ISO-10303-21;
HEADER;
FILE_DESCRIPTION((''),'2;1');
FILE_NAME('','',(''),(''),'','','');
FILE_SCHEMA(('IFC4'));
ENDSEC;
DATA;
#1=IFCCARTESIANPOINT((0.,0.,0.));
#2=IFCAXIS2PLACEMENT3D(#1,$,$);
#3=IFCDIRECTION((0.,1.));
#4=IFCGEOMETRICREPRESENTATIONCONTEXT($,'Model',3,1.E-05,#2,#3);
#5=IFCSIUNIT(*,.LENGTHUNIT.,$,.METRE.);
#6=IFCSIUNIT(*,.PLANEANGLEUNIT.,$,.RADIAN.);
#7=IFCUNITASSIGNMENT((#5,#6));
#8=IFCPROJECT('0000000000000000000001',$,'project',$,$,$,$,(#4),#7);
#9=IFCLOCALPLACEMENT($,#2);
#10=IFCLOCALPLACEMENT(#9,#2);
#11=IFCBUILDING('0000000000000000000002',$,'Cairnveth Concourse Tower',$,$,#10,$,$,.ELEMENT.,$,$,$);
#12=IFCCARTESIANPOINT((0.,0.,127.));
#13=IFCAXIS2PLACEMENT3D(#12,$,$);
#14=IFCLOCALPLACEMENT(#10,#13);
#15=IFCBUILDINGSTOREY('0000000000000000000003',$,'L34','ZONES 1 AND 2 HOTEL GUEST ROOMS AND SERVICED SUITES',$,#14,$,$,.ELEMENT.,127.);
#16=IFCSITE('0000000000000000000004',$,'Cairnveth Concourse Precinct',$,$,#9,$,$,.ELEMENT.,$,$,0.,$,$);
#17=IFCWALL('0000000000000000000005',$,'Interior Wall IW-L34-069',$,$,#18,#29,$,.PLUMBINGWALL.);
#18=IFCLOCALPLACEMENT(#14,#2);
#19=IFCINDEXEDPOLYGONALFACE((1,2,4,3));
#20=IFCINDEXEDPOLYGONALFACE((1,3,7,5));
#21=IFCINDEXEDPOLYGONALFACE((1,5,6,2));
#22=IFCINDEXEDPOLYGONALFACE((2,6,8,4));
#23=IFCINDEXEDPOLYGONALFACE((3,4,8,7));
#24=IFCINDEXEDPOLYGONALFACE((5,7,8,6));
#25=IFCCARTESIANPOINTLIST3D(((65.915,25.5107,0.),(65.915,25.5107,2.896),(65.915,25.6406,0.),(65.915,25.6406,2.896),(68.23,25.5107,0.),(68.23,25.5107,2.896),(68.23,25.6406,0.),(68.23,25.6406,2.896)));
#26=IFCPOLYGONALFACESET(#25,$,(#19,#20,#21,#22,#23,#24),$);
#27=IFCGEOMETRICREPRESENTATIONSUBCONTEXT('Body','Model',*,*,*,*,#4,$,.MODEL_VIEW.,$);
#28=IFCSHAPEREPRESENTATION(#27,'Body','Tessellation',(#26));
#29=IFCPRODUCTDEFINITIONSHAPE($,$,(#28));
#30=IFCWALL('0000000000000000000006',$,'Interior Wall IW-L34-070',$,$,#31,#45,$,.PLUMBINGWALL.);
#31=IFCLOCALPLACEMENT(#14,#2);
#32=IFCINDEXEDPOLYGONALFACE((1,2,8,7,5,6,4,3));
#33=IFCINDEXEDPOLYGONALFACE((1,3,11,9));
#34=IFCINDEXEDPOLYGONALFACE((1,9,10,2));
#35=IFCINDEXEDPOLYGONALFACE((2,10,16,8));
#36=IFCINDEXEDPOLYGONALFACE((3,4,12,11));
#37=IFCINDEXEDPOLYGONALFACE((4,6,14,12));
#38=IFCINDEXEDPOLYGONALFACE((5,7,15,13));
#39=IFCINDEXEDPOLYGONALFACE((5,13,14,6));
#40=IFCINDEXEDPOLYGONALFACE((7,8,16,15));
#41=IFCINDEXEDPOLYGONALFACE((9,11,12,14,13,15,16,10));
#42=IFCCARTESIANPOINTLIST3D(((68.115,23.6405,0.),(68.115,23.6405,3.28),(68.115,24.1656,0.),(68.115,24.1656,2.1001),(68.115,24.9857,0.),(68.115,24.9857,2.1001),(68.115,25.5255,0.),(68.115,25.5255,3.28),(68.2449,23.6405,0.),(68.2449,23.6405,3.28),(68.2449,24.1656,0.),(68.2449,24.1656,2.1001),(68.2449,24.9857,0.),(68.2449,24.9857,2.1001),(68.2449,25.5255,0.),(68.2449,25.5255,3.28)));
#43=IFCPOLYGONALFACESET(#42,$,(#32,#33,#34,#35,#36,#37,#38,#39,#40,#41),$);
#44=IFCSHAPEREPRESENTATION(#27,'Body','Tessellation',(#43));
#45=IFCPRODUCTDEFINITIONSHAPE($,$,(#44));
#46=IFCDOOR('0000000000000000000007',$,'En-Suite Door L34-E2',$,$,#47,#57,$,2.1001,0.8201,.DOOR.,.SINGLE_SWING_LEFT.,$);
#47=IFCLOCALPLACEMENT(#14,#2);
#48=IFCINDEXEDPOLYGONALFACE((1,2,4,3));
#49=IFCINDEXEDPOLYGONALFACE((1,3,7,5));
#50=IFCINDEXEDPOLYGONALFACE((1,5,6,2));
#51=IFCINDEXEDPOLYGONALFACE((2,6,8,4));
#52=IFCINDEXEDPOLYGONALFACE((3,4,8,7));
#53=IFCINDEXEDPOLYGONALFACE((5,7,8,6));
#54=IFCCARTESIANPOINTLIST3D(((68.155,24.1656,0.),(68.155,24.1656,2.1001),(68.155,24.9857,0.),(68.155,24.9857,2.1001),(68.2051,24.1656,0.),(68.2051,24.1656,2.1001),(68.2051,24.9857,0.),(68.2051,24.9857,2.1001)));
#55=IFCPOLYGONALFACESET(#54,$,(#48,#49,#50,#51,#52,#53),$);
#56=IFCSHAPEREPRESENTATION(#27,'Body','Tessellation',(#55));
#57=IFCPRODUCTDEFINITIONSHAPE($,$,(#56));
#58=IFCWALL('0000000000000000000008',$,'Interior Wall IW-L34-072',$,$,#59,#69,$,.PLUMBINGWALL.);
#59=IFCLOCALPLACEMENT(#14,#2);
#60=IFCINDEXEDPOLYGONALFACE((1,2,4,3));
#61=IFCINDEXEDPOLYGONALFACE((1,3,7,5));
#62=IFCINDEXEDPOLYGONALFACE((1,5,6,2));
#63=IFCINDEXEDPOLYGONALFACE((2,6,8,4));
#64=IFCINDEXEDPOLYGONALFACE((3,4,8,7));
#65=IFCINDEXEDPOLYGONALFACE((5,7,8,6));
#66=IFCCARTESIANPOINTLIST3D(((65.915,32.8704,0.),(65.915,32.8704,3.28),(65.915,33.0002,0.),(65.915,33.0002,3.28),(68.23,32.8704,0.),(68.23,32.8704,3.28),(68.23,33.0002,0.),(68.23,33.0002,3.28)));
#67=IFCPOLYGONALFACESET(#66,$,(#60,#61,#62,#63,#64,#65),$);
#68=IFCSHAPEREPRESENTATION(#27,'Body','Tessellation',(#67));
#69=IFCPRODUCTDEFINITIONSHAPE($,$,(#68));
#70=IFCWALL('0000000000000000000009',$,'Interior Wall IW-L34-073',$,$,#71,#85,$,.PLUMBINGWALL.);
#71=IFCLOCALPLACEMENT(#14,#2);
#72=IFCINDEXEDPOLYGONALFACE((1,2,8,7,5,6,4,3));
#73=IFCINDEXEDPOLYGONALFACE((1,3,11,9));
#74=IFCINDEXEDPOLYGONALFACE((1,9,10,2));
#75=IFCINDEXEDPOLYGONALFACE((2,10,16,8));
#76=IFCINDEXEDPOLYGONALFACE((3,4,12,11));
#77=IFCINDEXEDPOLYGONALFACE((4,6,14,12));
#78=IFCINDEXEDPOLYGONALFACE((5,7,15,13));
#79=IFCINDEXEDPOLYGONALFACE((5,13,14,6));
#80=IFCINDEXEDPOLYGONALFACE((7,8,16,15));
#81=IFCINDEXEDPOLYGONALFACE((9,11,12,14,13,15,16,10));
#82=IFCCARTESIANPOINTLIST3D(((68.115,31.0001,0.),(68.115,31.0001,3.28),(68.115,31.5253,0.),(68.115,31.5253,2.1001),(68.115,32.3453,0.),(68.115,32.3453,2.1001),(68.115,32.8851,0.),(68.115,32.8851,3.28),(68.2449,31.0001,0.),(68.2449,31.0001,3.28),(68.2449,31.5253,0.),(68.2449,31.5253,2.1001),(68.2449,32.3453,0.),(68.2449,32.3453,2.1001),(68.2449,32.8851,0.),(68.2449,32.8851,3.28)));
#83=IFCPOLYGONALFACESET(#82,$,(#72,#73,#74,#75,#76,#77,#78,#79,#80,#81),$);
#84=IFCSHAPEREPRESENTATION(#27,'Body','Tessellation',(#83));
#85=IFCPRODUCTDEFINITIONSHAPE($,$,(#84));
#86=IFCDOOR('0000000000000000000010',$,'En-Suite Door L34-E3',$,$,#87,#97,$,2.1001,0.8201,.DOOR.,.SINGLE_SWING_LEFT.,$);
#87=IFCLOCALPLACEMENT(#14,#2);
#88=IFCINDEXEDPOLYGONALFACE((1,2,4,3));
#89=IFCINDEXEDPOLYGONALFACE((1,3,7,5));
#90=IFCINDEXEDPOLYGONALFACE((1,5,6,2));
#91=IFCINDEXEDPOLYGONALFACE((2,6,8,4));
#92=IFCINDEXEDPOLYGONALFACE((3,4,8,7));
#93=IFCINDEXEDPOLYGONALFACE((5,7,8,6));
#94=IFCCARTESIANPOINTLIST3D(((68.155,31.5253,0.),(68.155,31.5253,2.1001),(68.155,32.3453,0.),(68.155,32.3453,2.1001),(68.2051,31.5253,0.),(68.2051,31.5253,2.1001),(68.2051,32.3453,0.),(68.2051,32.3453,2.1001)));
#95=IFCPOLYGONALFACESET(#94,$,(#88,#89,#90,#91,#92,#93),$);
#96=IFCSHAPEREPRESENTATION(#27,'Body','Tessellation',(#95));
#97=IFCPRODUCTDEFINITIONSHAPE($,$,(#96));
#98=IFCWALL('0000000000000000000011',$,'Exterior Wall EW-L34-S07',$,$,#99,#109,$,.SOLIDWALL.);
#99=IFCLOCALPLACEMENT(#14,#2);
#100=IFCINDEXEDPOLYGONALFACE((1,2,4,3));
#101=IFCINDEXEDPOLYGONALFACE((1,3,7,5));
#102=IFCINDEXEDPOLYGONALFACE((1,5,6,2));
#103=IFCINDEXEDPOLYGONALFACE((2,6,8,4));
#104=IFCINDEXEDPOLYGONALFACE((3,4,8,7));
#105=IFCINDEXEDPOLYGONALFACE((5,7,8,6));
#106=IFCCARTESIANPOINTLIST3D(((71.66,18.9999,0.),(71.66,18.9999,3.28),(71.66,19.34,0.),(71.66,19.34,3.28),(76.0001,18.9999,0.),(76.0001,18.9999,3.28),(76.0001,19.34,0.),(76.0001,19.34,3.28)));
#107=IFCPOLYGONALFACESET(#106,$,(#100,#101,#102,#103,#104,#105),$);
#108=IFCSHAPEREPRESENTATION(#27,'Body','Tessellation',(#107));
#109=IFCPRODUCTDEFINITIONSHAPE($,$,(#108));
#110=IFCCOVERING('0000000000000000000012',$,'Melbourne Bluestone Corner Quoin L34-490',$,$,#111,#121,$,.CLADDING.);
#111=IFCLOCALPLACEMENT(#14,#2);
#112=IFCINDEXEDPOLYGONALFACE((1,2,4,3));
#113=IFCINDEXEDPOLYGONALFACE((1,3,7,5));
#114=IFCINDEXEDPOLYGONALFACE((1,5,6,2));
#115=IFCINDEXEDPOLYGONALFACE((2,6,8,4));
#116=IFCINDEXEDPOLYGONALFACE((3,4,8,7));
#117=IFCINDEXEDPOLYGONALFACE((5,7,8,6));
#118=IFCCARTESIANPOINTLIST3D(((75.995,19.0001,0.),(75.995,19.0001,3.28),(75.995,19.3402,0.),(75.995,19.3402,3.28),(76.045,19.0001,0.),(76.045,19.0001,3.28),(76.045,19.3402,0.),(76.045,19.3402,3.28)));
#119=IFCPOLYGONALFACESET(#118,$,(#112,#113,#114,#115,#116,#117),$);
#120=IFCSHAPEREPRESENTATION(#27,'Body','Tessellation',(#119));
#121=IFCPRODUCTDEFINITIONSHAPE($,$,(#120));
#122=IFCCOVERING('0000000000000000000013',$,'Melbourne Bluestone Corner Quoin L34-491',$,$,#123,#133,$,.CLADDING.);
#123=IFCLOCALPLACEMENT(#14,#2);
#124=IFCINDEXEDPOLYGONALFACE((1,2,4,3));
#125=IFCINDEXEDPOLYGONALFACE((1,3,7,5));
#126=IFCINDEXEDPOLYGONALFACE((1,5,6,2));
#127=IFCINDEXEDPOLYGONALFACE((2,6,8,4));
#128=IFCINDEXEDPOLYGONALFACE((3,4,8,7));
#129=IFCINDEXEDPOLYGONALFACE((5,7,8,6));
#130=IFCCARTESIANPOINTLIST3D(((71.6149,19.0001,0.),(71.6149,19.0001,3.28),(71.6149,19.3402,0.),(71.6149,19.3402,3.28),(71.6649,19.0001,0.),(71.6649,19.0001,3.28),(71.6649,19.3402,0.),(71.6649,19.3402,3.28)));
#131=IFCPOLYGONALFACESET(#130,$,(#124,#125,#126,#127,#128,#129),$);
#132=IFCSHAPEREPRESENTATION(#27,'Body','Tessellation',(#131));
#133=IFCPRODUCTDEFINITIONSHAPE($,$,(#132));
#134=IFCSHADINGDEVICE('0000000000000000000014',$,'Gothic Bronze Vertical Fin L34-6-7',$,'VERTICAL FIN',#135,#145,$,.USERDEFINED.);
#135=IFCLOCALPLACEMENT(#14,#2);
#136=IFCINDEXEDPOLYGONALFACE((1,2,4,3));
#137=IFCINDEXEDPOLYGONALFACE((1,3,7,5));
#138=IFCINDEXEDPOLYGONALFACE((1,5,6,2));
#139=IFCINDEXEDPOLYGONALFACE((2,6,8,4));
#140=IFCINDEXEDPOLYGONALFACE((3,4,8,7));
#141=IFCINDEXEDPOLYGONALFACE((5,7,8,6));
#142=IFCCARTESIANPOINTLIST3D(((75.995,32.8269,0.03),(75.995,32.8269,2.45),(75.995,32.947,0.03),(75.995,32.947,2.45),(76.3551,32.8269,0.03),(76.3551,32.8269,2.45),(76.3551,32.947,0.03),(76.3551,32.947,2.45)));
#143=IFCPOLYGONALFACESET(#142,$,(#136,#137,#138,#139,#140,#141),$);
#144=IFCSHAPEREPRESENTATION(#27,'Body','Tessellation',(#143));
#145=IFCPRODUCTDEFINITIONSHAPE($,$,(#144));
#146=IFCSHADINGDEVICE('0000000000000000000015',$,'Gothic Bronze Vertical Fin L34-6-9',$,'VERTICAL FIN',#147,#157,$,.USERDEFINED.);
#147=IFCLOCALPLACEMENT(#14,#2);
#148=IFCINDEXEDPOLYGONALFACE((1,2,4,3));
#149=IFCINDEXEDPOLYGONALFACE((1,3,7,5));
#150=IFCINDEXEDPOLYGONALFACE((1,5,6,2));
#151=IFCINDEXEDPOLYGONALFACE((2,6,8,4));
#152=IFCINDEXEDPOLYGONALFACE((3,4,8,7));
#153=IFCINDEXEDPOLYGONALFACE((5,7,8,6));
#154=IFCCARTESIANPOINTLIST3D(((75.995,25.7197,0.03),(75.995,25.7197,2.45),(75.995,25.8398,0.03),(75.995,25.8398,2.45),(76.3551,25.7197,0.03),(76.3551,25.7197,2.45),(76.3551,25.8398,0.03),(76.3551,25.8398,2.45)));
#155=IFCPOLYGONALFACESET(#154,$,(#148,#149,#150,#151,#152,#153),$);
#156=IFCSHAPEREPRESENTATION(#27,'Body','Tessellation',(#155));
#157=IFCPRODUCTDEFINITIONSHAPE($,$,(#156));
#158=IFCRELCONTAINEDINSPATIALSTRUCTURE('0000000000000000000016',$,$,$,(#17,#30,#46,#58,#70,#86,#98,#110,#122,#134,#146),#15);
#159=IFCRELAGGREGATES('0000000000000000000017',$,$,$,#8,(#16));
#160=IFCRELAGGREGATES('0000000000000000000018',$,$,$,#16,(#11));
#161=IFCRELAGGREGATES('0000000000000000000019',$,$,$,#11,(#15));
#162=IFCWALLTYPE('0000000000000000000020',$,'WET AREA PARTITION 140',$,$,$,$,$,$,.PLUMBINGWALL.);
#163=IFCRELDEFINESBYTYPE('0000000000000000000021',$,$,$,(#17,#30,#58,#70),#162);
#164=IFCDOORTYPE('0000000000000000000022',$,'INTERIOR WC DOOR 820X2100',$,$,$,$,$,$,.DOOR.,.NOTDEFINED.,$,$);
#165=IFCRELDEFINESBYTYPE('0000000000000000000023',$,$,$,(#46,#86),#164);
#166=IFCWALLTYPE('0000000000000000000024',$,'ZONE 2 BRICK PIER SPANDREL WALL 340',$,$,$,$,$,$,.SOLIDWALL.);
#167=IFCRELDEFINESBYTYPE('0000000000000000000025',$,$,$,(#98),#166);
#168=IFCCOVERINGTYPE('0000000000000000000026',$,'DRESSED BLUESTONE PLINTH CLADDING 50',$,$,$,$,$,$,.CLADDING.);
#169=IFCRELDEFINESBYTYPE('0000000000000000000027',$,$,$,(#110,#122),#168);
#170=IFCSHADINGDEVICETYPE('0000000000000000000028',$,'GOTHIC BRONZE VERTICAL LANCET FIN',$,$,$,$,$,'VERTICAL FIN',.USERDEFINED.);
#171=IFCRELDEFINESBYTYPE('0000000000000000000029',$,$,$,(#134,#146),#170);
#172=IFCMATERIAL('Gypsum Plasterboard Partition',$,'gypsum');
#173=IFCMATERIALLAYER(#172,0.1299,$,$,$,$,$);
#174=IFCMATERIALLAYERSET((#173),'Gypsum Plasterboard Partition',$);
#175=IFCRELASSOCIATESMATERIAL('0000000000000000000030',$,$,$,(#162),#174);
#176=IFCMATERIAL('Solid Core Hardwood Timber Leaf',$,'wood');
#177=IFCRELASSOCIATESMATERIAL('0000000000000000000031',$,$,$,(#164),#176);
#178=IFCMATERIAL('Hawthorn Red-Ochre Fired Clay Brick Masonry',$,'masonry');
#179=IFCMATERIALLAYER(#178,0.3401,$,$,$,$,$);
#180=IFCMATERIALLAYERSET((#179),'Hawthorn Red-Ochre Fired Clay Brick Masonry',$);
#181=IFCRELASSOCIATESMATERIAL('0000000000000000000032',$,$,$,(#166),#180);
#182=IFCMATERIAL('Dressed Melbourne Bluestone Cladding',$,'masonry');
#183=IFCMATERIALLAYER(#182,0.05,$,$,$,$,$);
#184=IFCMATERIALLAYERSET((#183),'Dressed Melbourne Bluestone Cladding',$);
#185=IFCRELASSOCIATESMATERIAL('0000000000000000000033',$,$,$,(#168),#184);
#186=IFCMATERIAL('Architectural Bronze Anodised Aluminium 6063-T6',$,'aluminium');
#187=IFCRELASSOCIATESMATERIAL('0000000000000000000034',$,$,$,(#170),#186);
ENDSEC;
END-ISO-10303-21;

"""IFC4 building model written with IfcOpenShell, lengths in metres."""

from ifc_helpers import new_model, si_unit, direction, frame, frame_2d, origin, origin_2d, place, context, subcontext, project, spatial, rectangle, extrude, material, layer, layer_set, type_object, element, fill, save


model = new_model("IFC4")

# Units and contexts
model_context = context("Model", 3, precision=1e-05, world=origin(), true_north=direction((0.0, 1.0)))
body_context = subcontext(model_context, "Body", "Model", "MODEL_VIEW")
ifc_project = project(units=[si_unit("LENGTHUNIT", "METRE"), si_unit("PLANEANGLEUNIT", "RADIAN")], contexts=[model_context])

# Site, building, storey
site_placement = place(None, origin())
site = spatial("IfcSite", under=ifc_project, at=site_placement, Name="Cairnveth Concourse Precinct", CompositionType="ELEMENT", RefElevation=0.0)
building_placement = place(site_placement, origin())
building = spatial("IfcBuilding", under=site, at=building_placement, Name="Cairnveth Concourse Tower", CompositionType="ELEMENT")
storey_placement = place(building_placement, frame((0.0, 0.0, 127.0)))
storey = spatial("IfcBuildingStorey", under=building, at=storey_placement, Name="L34", Description="ZONES 1 AND 2 HOTEL GUEST ROOMS AND SERVICED SUITES", CompositionType="ELEMENT", Elevation=127.0)

# Wall
ifc_material_1 = material(Name="Gypsum Plasterboard Partition", Category="gypsum")
ifc_layer_1 = layer(ifc_material_1, 0.1299)
ifc_layer_set_1 = layer_set([ifc_layer_1], Name="Gypsum Plasterboard Partition")
wall_type_1 = type_object("IfcWallType", Name="WET AREA PARTITION 140", PredefinedType="PLUMBINGWALL", material=ifc_layer_set_1)
wall_1_placement = place(storey_placement, frame((65.915, 25.5757, 0.0), z_axis=(0.0, 0.0, 1.0), x_axis=(1.0, 0.0, 0.0)))
element("IfcWall", 1, at=wall_1_placement, inside=storey, type_object=wall_type_1, Name="Interior Wall IW-L34-069", PredefinedType="PLUMBINGWALL", context=body_context, shape_type="SweptSolid", body=[
    extrude(rectangle(XDim=2.3149, YDim=0.1299, at=frame_2d((1.1575, 0.0))), origin(), (0.0, 0.0, 1.0), 2.896),
])

# Wall, opening, door
wall_2_placement = place(storey_placement, frame((68.1799, 23.6406, 0.0), z_axis=(0.0, 0.0, 1.0), x_axis=(0.0, 1.0, 0.0)))
wall_2 = element("IfcWall", 2, at=wall_2_placement, inside=storey, type_object=wall_type_1, Name="Interior Wall IW-L34-070", PredefinedType="PLUMBINGWALL", context=body_context, shape_type="SweptSolid", body=[
    extrude(rectangle(XDim=1.885, YDim=0.1299, at=frame_2d((0.9424, 0.0))), origin(), (0.0, 0.0, 1.0), 3.28),
])
opening_1_placement = place(wall_2_placement, frame((0.5249, 0.0, 0.0)))
opening_1 = element("IfcOpeningElement", 3, at=opening_1_placement, cuts=wall_2, PredefinedType="OPENING", context=body_context, shape_type="SweptSolid", body=[
    extrude(rectangle(XDim=0.8201, YDim=2.1001, at=frame_2d((0.4102, 1.05))), frame((0.0, 0.075, 0.0), z_axis=(0.0, -1.0, 0.0), x_axis=(1.0, 0.0, 0.0)), (0.0, 0.0, 1.0), 0.1499),
])
ifc_material_2 = material(Name="Solid Core Hardwood Timber Leaf", Category="wood")
door_type = type_object("IfcDoorType", Name="INTERIOR WC DOOR 820X2100", OperationType="NOTDEFINED", PredefinedType="DOOR", material=ifc_material_2)
door_1_placement = place(opening_1_placement, origin())
door_1 = element("IfcDoor", 4, at=door_1_placement, inside=storey, type_object=door_type, Name="En-Suite Door L34-E2", OperationType="SINGLE_SWING_LEFT", OverallHeight=2.1001, OverallWidth=0.8201, PredefinedType="DOOR", context=body_context, shape_type="SweptSolid", body=[
    extrude(rectangle(XDim=0.8201, YDim=2.1001, at=frame_2d((0.4102, 1.05))), frame((0.0, 0.0249, 0.0), z_axis=(0.0, -1.0, 0.0), x_axis=(1.0, 0.0, 0.0)), (0.0, 0.0, 1.0), 0.05),
])
fill(opening_1, door_1)

# Wall
wall_3_placement = place(storey_placement, frame((65.915, 32.9353, 0.0), z_axis=(0.0, 0.0, 1.0), x_axis=(1.0, 0.0, 0.0)))
element("IfcWall", 5, at=wall_3_placement, inside=storey, type_object=wall_type_1, Name="Interior Wall IW-L34-072", PredefinedType="PLUMBINGWALL", context=body_context, shape_type="SweptSolid", body=[
    extrude(rectangle(XDim=2.3149, YDim=0.1299, at=frame_2d((1.1575, 0.0))), origin(), (0.0, 0.0, 1.0), 3.28),
])

# Wall, opening, door
wall_4_placement = place(storey_placement, frame((68.1799, 31.0002, 0.0), z_axis=(0.0, 0.0, 1.0), x_axis=(0.0, 1.0, 0.0)))
wall_4 = element("IfcWall", 6, at=wall_4_placement, inside=storey, type_object=wall_type_1, Name="Interior Wall IW-L34-073", PredefinedType="PLUMBINGWALL", context=body_context, shape_type="SweptSolid", body=[
    extrude(rectangle(XDim=1.885, YDim=0.1299, at=frame_2d((0.9424, 0.0))), origin(), (0.0, 0.0, 1.0), 3.28),
])
opening_2_placement = place(wall_4_placement, frame((0.5249, 0.0, 0.0)))
opening_2 = element("IfcOpeningElement", 7, at=opening_2_placement, cuts=wall_4, PredefinedType="OPENING", context=body_context, shape_type="SweptSolid", body=[
    extrude(rectangle(XDim=0.8201, YDim=2.1001, at=frame_2d((0.4102, 1.05))), frame((0.0, 0.075, 0.0), z_axis=(0.0, -1.0, 0.0), x_axis=(1.0, 0.0, 0.0)), (0.0, 0.0, 1.0), 0.1499),
])
door_2_placement = place(opening_2_placement, origin())
door_2 = element("IfcDoor", 8, at=door_2_placement, inside=storey, type_object=door_type, Name="En-Suite Door L34-E3", OperationType="SINGLE_SWING_LEFT", OverallHeight=2.1001, OverallWidth=0.8201, PredefinedType="DOOR", context=body_context, shape_type="SweptSolid", body=[
    extrude(rectangle(XDim=0.8201, YDim=2.1001, at=frame_2d((0.4102, 1.05))), frame((0.0, 0.0249, 0.0), z_axis=(0.0, -1.0, 0.0), x_axis=(1.0, 0.0, 0.0)), (0.0, 0.0, 1.0), 0.05),
])
fill(opening_2, door_2)

# Wall
ifc_material_3 = material(Name="Hawthorn Red-Ochre Fired Clay Brick Masonry", Category="masonry")
ifc_layer_2 = layer(ifc_material_3, 0.3401)
ifc_layer_set_2 = layer_set([ifc_layer_2], Name="Hawthorn Red-Ochre Fired Clay Brick Masonry")
wall_type_2 = type_object("IfcWallType", Name="ZONE 2 BRICK PIER SPANDREL WALL 340", PredefinedType="SOLIDWALL", material=ifc_layer_set_2)
wall_5_placement = place(storey_placement, frame((76.0, 19.1699, 0.0), z_axis=(0.0, 0.0, 1.0), x_axis=(-1.0, 0.0, 0.0)))
element("IfcWall", 9, at=wall_5_placement, inside=storey, type_object=wall_type_2, Name="Exterior Wall EW-L34-S07", PredefinedType="SOLIDWALL", context=body_context, shape_type="SweptSolid", body=[
    extrude(rectangle(XDim=4.3401, YDim=0.3401, at=frame_2d((2.1699, 0.0))), origin(), (0.0, 0.0, 1.0), 3.28),
])

# Coverings
ifc_material_4 = material(Name="Dressed Melbourne Bluestone Cladding", Category="masonry")
ifc_layer_3 = layer(ifc_material_4, 0.05)
ifc_layer_set_3 = layer_set([ifc_layer_3], Name="Dressed Melbourne Bluestone Cladding")
covering_type = type_object("IfcCoveringType", Name="DRESSED BLUESTONE PLINTH CLADDING 50", PredefinedType="CLADDING", material=ifc_layer_set_3)
for number, where, z_axis, x_axis, name in (
    (10, (76.02, 19.3401, 0.0), (0.0, 0.0, 1.0), (0.0, -1.0, 0.0), "Melbourne Bluestone Corner Quoin L34-490"),
    (11, (71.6399, 19.3401, 0.0), (0.0, 0.0, 1.0), (0.0, -1.0, 0.0), "Melbourne Bluestone Corner Quoin L34-491"),
):
    element("IfcCovering", number, at=place(storey_placement, frame(where, z_axis=z_axis, x_axis=x_axis)), inside=storey, type_object=covering_type, Name=name, PredefinedType="CLADDING", context=body_context, shape_type="SweptSolid", body=[
        extrude(rectangle(XDim=0.3401, YDim=0.05, at=frame_2d((0.1699, 0.0))), origin(), (0.0, 0.0, 1.0), 3.28),
    ])

# Shading devices
ifc_material_5 = material(Name="Architectural Bronze Anodised Aluminium 6063-T6", Category="aluminium")
shading_device_type = type_object("IfcShadingDeviceType", Name="GOTHIC BRONZE VERTICAL LANCET FIN", ElementType="VERTICAL FIN", PredefinedType="USERDEFINED", material=ifc_material_5)
for number, where, z_axis, x_axis, name in (
    (12, (76.175, 32.887, 0.03), (0.0, 0.0, 1.0), (0.0, 1.0, 0.0), "Gothic Bronze Vertical Fin L34-6-7"),
    (13, (76.175, 25.7798, 0.03), (0.0, 0.0, 1.0), (0.0, 1.0, 0.0), "Gothic Bronze Vertical Fin L34-6-9"),
):
    element("IfcShadingDevice", number, at=place(storey_placement, frame(where, z_axis=z_axis, x_axis=x_axis)), inside=storey, type_object=shading_device_type, Name=name, ObjectType="VERTICAL FIN", PredefinedType="USERDEFINED", context=body_context, shape_type="SweptSolid", body=[
        extrude(rectangle(XDim=0.1201, YDim=0.3601, at=origin_2d()), origin(), (0.0, 0.0, 1.0), 2.4199),
    ])

save(model, "model.ifc")
